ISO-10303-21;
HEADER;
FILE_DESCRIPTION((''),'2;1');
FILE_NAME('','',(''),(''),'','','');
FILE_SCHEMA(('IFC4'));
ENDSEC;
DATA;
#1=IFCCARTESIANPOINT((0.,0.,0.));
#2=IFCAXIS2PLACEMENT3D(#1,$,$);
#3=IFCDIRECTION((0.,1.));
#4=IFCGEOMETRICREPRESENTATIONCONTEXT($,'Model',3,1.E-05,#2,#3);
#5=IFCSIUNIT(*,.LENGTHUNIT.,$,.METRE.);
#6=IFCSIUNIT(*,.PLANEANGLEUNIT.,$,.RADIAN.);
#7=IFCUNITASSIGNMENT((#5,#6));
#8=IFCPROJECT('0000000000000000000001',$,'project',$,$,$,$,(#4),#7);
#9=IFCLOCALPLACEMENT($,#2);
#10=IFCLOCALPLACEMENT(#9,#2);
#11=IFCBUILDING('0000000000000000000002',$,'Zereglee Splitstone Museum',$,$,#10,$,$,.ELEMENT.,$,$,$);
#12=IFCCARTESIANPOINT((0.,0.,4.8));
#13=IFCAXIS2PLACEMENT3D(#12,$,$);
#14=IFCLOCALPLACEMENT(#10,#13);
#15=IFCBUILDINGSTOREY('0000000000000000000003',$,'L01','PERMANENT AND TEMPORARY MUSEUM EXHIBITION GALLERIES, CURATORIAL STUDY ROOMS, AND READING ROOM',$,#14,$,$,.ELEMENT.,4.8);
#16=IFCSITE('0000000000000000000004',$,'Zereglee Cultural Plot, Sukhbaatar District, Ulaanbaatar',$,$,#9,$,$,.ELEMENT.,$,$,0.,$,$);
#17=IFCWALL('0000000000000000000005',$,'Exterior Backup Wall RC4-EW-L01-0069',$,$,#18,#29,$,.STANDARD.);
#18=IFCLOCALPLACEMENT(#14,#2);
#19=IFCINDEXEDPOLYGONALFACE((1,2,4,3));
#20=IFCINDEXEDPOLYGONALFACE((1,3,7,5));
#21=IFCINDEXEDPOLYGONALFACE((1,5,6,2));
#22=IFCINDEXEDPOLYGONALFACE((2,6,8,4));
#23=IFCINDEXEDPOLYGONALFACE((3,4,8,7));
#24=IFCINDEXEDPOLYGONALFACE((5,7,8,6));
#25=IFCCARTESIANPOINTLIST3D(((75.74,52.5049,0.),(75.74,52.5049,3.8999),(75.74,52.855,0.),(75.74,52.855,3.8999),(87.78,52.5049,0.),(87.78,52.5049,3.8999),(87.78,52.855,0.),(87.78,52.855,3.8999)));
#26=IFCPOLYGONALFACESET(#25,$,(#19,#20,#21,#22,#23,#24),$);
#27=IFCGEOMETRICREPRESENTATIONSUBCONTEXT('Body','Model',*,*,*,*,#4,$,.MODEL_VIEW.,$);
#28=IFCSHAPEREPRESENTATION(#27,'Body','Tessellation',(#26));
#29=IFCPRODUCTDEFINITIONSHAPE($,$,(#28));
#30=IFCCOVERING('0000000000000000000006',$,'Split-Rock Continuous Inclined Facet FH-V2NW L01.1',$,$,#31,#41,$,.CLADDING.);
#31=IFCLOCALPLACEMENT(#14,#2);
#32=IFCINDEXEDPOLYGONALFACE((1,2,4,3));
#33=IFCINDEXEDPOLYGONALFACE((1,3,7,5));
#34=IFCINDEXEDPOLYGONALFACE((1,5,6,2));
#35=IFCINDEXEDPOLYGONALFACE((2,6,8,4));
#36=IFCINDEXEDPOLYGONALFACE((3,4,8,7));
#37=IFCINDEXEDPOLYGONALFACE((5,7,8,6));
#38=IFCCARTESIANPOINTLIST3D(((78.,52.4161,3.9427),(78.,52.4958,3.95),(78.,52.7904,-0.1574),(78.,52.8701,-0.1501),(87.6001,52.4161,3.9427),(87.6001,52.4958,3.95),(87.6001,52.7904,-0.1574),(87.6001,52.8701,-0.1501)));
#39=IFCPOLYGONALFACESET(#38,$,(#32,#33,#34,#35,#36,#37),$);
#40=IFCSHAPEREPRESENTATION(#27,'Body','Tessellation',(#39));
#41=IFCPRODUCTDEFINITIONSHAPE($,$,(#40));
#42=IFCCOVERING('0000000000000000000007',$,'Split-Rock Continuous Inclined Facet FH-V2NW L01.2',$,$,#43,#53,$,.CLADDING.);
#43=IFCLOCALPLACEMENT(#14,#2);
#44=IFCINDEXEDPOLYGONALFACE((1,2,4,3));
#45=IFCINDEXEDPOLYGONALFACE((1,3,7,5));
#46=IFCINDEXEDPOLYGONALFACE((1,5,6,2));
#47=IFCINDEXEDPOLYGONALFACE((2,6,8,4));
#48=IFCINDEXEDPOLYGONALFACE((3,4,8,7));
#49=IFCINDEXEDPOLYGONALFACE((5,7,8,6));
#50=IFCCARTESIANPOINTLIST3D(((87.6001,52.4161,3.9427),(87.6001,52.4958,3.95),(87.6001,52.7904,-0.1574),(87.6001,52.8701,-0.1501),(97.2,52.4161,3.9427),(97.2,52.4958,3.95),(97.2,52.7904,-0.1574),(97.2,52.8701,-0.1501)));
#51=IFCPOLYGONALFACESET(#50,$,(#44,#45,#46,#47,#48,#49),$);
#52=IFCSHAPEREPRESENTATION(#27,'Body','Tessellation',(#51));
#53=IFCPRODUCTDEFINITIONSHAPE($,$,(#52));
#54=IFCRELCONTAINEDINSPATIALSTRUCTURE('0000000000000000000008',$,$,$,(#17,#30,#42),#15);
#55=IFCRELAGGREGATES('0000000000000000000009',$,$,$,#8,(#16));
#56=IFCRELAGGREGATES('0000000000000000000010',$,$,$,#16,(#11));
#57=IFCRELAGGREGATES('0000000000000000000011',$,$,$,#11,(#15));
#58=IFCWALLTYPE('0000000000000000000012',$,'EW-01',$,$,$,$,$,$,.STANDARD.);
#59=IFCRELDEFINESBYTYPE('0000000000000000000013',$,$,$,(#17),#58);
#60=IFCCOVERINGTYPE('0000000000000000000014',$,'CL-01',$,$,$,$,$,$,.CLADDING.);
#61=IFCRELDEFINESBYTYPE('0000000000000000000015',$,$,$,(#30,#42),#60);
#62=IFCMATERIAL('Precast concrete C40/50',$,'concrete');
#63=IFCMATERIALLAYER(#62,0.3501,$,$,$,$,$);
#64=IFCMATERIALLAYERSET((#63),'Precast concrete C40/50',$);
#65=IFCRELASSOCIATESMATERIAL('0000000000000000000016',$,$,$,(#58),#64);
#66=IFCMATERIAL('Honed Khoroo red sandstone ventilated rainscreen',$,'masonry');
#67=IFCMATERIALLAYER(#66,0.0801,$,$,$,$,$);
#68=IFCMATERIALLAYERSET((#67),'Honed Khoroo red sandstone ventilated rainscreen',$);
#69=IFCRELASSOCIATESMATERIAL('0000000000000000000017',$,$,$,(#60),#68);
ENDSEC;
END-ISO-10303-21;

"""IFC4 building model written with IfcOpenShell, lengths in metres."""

from ifc_helpers import new_model, si_unit, direction, frame, frame_2d, origin, place, context, subcontext, project, spatial, polyline, rectangle, outline, extrude, material, layer, layer_set, type_object, element, save


model = new_model("IFC4")

# Units and contexts
model_context = context("Model", 3, precision=1e-05, world=origin(), true_north=direction((0.0, 1.0)))
body_context = subcontext(model_context, "Body", "Model", "MODEL_VIEW")
ifc_project = project(units=[si_unit("LENGTHUNIT", "METRE"), si_unit("PLANEANGLEUNIT", "RADIAN")], contexts=[model_context])

# Site, building, storey
site_placement = place(None, origin())
site = spatial("IfcSite", under=ifc_project, at=site_placement, Name="Zereglee Cultural Plot, Sukhbaatar District, Ulaanbaatar", CompositionType="ELEMENT", RefElevation=0.0)
building_placement = place(site_placement, origin())
building = spatial("IfcBuilding", under=site, at=building_placement, Name="Zereglee Splitstone Museum", CompositionType="ELEMENT")
storey_placement = place(building_placement, frame((0.0, 0.0, 4.8)))
storey = spatial("IfcBuildingStorey", under=building, at=storey_placement, Name="L01", Description="PERMANENT AND TEMPORARY MUSEUM EXHIBITION GALLERIES, CURATORIAL STUDY ROOMS, AND READING ROOM", CompositionType="ELEMENT", Elevation=4.8)

# Wall
ifc_material_1 = material(Name="Precast concrete C40/50", Category="concrete")
ifc_layer_1 = layer(ifc_material_1, 0.3501)
ifc_layer_set_1 = layer_set([ifc_layer_1], Name="Precast concrete C40/50")
wall_type = type_object("IfcWallType", Name="EW-01", PredefinedType="STANDARD", material=ifc_layer_set_1)
wall_1_placement = place(storey_placement, frame((87.78, 52.6799, 0.0), z_axis=(0.0, 0.0, 1.0), x_axis=(-1.0, 0.0, 0.0)))
element("IfcWall", 1, at=wall_1_placement, inside=storey, type_object=wall_type, Name="Exterior Backup Wall RC4-EW-L01-0069", PredefinedType="STANDARD", context=body_context, shape_type="SweptSolid", body=[
    extrude(rectangle(XDim=12.04, YDim=0.3501, at=frame_2d((6.02, 0.0))), origin(), (0.0, 0.0, 1.0), 3.8999),
])

# Coverings
ifc_material_2 = material(Name="Honed Khoroo red sandstone ventilated rainscreen", Category="masonry")
ifc_layer_2 = layer(ifc_material_2, 0.0801)
ifc_layer_set_2 = layer_set([ifc_layer_2], Name="Honed Khoroo red sandstone ventilated rainscreen")
covering_type = type_object("IfcCoveringType", Name="CL-01", PredefinedType="CLADDING", material=ifc_layer_set_2)
covering_1_placement = place(storey_placement, frame((78.0, 52.4958, 3.95), z_axis=(0.0, 0.99586, 0.090905), x_axis=(1.0, 0.0, 0.0)))
element("IfcCovering", 2, at=covering_1_placement, inside=storey, type_object=covering_type, Name="Split-Rock Continuous Inclined Facet FH-V2NW L01.1", PredefinedType="CLADDING", context=body_context, shape_type="SweptSolid", body=[
    extrude(outline(polyline([(0.0, 0.0), (9.6001, 0.0), (9.6001, 4.1171), (0.0, 4.1171), (0.0, 0.0)])), origin(), (0.0, 0.0, -1.0), 0.0801),
])
covering_2_placement = place(storey_placement, frame((87.6001, 52.4958, 3.95), z_axis=(0.0, 0.99586, 0.090905), x_axis=(1.0, 0.0, 0.0)))
element("IfcCovering", 3, at=covering_2_placement, inside=storey, type_object=covering_type, Name="Split-Rock Continuous Inclined Facet FH-V2NW L01.2", PredefinedType="CLADDING", context=body_context, shape_type="SweptSolid", body=[
    extrude(outline(polyline([(0.0, 0.0), (9.5999, 0.0), (9.5999, 4.1171), (0.0, 4.1171), (0.0, 0.0)])), origin(), (0.0, 0.0, -1.0), 0.0801),
])

save(model, "model.ifc")
